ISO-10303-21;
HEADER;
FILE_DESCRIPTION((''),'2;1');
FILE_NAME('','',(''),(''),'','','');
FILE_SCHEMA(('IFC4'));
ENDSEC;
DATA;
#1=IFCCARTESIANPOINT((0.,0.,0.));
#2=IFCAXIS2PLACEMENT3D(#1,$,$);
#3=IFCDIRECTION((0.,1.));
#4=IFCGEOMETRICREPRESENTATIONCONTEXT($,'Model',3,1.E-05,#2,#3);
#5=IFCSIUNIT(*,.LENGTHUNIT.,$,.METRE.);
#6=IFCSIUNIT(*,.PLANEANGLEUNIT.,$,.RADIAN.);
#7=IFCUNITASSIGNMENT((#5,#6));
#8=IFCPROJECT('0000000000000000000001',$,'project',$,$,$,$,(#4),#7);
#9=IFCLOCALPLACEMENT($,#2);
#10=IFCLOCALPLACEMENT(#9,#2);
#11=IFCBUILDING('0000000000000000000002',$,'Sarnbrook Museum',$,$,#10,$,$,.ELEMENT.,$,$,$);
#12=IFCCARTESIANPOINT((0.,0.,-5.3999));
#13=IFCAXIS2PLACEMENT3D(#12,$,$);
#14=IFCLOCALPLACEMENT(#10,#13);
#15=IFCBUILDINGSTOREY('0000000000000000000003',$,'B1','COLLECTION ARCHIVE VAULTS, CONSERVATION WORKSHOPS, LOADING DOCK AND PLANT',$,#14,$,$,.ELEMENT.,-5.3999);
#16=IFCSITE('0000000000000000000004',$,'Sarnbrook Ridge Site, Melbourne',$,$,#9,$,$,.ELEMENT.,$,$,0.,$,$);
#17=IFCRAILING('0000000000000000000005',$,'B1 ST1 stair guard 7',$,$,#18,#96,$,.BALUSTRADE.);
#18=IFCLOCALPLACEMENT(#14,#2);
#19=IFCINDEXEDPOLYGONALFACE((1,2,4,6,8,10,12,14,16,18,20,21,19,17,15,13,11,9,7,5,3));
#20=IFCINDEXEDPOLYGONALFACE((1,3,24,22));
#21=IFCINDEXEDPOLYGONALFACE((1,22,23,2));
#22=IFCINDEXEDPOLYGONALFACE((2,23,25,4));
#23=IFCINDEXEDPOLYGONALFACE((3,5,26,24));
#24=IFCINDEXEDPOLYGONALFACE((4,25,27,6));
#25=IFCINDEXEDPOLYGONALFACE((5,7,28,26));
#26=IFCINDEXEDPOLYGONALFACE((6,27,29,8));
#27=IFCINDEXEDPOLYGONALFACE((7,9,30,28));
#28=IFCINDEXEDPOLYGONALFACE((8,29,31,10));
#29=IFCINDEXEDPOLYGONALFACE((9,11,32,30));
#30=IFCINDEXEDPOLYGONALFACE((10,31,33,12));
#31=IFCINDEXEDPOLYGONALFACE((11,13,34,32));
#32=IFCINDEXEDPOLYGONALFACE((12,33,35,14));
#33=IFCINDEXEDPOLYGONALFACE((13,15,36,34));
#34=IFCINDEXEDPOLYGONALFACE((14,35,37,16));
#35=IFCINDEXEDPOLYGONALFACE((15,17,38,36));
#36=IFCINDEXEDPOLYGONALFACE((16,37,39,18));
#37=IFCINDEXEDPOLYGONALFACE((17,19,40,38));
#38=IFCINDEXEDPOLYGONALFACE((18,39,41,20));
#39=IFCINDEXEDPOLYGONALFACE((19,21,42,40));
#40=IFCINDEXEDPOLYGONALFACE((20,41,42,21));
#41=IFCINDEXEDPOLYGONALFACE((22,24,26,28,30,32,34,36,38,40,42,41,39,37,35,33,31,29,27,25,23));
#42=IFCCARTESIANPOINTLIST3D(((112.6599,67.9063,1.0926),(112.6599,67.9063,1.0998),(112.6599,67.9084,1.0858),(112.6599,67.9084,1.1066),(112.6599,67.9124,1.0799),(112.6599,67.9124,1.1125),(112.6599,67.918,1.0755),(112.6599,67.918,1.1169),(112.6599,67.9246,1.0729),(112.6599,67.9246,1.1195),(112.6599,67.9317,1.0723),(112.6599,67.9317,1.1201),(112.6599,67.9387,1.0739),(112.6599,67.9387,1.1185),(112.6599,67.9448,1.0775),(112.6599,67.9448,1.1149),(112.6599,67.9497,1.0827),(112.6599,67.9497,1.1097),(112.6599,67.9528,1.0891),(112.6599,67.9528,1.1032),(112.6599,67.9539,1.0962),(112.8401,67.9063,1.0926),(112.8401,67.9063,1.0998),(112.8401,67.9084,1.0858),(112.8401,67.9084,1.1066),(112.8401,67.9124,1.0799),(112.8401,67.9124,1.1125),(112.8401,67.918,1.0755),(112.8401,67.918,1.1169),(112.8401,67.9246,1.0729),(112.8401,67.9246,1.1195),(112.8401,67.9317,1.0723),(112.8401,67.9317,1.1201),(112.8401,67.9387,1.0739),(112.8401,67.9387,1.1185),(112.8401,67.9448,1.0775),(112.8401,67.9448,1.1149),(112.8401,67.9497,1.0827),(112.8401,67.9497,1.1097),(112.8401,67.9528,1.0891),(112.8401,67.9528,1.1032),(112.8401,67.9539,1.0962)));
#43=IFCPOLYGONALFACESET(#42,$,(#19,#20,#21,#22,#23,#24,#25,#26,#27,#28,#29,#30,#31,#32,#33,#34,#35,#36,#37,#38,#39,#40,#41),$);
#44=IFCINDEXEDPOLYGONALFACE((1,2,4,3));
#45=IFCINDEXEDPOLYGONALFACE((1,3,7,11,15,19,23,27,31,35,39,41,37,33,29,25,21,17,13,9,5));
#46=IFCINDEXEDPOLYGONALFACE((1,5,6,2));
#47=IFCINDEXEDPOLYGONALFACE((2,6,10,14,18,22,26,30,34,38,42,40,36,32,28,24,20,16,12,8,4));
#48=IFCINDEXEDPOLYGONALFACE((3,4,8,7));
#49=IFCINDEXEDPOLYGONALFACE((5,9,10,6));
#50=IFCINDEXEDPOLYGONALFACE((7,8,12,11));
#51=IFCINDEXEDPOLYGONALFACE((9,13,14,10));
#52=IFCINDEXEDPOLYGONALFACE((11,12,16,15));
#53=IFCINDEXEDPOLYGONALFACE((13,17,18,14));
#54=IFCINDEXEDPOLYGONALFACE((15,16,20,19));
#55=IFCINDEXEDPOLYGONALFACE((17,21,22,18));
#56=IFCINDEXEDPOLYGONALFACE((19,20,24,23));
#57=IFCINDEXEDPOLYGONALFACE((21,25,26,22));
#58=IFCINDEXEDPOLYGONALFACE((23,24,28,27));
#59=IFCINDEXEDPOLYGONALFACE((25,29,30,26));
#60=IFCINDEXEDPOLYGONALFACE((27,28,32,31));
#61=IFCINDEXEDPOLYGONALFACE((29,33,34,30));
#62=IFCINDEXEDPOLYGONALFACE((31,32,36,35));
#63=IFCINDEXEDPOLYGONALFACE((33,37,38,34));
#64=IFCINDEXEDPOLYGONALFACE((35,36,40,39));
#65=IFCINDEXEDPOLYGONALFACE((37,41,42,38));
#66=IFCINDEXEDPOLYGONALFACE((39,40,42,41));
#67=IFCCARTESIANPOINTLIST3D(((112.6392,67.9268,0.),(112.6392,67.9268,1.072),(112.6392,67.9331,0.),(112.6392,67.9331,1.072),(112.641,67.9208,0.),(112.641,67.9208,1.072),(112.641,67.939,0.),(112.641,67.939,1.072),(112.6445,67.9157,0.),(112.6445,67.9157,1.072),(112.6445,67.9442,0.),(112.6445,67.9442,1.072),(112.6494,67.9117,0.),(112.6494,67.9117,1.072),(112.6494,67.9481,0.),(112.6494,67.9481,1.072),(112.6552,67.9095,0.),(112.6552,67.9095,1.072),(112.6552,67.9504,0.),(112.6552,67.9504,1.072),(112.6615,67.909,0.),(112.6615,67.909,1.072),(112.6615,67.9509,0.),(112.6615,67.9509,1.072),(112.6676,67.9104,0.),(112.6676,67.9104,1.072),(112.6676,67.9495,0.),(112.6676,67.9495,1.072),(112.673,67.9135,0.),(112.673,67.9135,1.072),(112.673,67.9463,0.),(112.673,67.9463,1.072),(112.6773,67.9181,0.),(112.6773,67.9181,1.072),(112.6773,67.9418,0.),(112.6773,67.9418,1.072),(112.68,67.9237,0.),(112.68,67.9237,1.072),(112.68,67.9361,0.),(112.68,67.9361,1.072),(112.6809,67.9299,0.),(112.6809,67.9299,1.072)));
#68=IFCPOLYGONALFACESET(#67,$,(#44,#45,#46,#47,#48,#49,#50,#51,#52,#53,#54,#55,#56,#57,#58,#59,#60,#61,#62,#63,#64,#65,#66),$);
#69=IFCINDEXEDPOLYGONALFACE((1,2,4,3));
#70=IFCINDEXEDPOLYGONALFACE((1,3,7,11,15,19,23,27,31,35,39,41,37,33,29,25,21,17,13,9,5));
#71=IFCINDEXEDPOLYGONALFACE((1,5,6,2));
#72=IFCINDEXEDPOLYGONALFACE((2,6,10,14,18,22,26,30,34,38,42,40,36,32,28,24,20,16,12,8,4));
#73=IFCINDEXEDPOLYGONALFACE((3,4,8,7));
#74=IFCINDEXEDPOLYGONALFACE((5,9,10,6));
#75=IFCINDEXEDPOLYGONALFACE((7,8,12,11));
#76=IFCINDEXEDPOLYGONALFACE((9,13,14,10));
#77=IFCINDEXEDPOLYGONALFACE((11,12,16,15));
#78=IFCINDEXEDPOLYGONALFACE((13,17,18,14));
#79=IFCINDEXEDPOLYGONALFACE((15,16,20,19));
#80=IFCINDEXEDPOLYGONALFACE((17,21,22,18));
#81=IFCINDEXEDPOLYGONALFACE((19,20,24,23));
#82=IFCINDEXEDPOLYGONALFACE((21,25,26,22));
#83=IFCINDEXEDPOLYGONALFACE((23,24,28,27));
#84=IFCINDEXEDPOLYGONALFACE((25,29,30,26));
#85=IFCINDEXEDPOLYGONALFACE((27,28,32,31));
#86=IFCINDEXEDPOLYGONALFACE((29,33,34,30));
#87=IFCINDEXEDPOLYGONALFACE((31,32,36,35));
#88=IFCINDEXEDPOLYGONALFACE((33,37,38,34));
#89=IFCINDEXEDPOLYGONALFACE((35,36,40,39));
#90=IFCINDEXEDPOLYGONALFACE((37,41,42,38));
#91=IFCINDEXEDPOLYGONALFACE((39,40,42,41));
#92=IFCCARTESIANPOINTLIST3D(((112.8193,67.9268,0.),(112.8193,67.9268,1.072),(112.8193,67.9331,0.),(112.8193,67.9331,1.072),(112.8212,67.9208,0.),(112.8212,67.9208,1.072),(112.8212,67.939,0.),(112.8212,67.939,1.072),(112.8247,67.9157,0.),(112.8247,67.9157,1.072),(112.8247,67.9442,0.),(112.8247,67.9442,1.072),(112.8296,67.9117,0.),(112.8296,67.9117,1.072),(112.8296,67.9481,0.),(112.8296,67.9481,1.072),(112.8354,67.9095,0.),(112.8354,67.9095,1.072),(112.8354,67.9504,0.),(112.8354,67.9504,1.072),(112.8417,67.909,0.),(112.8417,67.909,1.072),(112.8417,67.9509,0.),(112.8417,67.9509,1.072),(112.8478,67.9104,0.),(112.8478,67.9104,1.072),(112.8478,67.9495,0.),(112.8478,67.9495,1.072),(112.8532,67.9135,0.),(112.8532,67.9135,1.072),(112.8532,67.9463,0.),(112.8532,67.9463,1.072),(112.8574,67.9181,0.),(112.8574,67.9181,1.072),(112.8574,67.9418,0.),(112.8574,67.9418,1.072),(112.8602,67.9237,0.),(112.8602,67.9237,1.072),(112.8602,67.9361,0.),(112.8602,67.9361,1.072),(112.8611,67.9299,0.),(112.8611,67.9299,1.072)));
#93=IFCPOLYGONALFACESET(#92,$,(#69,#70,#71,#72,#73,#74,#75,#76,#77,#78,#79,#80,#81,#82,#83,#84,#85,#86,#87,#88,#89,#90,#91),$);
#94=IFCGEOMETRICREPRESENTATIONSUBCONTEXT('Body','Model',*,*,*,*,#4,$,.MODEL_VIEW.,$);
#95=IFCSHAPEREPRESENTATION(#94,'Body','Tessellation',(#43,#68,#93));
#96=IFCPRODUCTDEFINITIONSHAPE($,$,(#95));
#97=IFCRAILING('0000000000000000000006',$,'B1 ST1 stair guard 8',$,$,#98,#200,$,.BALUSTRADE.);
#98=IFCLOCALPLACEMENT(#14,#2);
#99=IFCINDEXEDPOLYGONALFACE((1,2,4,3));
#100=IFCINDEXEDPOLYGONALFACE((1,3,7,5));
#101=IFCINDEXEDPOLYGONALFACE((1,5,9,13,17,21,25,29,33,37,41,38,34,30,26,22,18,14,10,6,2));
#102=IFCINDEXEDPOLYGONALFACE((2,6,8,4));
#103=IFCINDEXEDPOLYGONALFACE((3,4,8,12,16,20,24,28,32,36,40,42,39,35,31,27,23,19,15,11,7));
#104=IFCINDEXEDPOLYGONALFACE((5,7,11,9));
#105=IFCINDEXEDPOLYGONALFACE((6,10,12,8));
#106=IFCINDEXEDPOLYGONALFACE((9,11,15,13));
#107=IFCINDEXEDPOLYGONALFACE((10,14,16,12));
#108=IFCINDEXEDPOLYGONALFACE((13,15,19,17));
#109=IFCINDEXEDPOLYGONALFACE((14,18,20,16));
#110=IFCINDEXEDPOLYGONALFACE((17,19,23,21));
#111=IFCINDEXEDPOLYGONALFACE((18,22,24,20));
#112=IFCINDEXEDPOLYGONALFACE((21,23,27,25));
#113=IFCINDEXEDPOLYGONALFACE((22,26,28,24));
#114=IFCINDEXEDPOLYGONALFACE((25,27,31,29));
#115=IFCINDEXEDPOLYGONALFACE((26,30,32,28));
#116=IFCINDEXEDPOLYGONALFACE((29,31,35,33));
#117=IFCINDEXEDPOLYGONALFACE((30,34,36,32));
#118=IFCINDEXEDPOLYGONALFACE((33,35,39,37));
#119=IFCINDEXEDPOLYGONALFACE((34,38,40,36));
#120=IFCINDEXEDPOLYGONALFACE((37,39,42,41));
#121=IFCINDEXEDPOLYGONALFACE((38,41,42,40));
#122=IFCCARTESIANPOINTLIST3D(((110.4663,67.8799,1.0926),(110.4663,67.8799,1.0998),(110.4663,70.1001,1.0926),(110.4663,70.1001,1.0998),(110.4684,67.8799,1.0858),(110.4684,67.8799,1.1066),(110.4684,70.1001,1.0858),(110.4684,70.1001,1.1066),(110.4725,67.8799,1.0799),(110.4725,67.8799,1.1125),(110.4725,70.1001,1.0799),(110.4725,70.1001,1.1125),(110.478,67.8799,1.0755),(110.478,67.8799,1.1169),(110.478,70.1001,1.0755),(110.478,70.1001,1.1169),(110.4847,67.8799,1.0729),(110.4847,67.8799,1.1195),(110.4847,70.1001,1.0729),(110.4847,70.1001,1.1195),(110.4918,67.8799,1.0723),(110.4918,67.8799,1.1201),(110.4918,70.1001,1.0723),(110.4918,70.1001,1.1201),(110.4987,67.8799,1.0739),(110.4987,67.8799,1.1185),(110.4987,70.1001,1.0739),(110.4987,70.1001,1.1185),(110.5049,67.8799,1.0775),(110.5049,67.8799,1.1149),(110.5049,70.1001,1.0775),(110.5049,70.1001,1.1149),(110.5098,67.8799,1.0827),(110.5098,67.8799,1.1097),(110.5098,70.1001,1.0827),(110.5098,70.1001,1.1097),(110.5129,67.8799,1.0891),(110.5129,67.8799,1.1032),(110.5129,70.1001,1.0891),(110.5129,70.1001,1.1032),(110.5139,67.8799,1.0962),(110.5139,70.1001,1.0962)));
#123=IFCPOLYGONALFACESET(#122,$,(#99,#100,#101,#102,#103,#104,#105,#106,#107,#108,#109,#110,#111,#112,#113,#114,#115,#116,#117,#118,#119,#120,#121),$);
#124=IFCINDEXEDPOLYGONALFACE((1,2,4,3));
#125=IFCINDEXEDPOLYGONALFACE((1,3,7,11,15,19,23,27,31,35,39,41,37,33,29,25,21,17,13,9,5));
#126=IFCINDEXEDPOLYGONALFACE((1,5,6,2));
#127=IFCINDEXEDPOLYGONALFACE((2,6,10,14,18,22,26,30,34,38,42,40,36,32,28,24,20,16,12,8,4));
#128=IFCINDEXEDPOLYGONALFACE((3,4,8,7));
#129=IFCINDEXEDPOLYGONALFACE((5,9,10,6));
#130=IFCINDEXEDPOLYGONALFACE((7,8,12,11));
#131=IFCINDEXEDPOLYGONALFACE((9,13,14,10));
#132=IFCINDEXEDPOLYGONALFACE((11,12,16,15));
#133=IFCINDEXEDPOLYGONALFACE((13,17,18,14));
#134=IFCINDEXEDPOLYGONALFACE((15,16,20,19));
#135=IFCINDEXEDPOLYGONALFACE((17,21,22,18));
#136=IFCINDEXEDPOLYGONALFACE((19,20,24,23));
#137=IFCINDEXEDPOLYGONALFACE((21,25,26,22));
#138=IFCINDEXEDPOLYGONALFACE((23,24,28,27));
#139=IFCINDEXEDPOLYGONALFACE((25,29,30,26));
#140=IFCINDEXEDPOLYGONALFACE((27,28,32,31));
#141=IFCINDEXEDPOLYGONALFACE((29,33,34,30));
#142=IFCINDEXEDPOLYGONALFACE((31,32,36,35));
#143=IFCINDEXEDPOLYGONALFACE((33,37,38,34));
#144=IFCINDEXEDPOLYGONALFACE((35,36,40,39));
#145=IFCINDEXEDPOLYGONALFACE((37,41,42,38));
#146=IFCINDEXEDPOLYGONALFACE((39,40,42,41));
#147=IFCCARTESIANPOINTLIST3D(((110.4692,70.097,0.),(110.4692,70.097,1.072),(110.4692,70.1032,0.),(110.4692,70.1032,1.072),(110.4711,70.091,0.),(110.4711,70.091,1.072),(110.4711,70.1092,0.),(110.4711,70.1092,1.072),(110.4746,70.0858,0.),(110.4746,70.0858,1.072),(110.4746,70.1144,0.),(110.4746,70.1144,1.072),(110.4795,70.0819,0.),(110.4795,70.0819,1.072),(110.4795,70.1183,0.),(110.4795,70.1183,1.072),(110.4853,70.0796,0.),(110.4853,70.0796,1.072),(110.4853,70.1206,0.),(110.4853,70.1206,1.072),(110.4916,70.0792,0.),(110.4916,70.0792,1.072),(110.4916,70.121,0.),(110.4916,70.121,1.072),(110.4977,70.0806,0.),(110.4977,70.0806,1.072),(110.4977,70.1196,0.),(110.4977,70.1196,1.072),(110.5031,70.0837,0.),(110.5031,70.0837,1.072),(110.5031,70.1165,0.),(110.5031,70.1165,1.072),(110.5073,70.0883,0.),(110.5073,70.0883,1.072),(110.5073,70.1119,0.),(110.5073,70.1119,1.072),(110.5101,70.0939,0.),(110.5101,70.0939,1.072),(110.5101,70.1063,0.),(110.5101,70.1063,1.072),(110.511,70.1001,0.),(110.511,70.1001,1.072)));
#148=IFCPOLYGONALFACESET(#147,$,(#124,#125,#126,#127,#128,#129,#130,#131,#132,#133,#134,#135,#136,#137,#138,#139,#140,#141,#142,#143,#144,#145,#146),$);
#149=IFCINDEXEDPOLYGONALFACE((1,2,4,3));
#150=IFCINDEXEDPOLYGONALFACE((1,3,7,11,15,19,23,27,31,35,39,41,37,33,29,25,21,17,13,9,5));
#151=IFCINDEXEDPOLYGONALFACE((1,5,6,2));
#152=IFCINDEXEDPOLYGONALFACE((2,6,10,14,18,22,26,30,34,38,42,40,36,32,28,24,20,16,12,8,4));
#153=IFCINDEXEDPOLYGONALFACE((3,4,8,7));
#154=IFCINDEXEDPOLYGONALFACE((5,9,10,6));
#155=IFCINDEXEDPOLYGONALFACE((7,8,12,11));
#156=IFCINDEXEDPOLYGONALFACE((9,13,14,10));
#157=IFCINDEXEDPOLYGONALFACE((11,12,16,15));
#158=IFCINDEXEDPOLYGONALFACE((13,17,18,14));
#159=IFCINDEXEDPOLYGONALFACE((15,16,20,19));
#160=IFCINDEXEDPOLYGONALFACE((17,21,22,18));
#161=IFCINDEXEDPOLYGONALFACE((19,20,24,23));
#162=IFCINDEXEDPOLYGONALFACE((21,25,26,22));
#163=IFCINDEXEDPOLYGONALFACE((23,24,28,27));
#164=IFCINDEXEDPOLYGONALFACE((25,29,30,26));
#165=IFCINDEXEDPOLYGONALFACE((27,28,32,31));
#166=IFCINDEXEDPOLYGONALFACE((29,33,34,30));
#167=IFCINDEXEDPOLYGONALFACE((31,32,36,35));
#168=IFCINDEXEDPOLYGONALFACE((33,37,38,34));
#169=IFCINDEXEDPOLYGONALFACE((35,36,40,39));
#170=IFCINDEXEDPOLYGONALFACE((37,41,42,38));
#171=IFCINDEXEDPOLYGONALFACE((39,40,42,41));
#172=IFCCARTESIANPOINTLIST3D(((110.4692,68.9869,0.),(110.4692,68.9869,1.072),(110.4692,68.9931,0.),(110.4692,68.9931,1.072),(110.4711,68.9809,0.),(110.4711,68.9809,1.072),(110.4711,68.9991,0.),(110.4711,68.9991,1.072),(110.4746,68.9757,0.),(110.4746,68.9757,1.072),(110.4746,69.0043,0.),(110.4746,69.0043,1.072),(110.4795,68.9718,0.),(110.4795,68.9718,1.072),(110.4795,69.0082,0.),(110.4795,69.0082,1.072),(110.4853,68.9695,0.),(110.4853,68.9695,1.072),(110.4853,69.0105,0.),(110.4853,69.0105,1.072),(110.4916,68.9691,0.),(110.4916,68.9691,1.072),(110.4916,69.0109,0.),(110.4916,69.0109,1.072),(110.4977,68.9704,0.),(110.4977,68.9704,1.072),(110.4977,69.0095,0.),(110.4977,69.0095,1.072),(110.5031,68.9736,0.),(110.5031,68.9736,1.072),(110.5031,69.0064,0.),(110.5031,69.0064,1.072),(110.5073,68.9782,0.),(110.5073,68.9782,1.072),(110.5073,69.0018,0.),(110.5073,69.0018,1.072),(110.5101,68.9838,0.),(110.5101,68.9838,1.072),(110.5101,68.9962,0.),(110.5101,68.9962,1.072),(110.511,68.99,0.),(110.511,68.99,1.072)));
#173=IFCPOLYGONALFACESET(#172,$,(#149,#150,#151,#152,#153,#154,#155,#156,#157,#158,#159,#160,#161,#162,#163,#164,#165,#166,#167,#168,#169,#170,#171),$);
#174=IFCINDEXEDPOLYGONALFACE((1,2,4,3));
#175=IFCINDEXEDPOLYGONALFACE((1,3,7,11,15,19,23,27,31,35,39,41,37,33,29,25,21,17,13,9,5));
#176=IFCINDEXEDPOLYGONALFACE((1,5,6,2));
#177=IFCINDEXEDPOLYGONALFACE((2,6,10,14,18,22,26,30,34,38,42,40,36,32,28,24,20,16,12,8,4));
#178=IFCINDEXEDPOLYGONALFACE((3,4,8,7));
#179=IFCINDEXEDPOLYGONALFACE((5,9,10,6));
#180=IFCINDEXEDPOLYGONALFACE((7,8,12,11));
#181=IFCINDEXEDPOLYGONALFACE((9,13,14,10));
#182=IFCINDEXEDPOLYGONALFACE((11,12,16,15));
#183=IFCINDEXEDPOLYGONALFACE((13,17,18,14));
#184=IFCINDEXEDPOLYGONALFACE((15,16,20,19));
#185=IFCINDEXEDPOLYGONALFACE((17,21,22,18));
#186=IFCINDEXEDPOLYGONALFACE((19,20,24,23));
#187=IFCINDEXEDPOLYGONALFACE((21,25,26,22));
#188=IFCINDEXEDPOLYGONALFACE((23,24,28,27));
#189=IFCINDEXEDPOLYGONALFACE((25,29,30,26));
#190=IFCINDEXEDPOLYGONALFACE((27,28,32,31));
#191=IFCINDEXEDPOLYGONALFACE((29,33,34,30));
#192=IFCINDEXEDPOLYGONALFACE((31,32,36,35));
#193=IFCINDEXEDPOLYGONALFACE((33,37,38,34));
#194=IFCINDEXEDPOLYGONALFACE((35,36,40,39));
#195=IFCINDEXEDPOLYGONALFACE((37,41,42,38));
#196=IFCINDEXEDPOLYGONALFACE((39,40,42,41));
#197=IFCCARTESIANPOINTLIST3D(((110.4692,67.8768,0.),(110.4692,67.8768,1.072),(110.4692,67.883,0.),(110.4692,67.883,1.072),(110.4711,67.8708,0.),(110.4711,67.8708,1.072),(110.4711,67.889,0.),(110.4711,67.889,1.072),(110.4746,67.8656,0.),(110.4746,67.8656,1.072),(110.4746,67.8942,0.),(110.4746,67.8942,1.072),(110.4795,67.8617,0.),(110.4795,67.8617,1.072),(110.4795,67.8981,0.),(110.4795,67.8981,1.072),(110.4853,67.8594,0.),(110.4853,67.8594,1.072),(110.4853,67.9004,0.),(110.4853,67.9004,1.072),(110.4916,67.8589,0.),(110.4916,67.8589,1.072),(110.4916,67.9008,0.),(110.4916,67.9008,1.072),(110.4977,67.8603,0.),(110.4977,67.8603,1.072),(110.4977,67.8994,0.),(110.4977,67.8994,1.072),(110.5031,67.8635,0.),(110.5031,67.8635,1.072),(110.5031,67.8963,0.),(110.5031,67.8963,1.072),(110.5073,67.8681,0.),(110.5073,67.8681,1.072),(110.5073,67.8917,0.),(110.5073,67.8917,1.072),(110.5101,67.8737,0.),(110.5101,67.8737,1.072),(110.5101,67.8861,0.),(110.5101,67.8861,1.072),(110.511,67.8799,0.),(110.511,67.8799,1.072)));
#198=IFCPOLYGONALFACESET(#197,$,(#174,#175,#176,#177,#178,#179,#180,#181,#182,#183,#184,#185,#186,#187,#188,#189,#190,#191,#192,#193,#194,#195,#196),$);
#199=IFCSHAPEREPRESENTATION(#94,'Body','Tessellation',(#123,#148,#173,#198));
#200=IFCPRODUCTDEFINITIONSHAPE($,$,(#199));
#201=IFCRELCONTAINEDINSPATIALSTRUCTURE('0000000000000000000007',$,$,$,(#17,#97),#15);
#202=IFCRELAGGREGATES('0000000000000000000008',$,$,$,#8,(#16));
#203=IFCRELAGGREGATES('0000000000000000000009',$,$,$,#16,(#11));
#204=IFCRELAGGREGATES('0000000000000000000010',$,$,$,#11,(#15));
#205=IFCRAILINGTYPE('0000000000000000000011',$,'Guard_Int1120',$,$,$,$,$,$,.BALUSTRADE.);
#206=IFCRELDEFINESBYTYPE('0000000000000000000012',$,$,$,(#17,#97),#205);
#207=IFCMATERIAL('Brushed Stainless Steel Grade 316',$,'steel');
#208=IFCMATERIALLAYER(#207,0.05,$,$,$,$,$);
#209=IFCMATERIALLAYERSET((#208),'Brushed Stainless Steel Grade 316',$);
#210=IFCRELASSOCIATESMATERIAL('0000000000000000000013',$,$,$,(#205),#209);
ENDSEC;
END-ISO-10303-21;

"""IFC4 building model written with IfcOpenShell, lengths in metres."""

from ifc_helpers import new_model, si_unit, direction, frame, origin, origin_2d, place, context, subcontext, project, spatial, circle, extrude, material, layer, layer_set, type_object, element, save


model = new_model("IFC4")

# Units and contexts
model_context = context("Model", 3, precision=1e-05, world=origin(), true_north=direction((0.0, 1.0)))
body_context = subcontext(model_context, "Body", "Model", "MODEL_VIEW")
ifc_project = project(units=[si_unit("LENGTHUNIT", "METRE"), si_unit("PLANEANGLEUNIT", "RADIAN")], contexts=[model_context])

# Site, building, storey
site_placement = place(None, origin())
site = spatial("IfcSite", under=ifc_project, at=site_placement, Name="Sarnbrook Ridge Site, Melbourne", CompositionType="ELEMENT", RefElevation=0.0)
building_placement = place(site_placement, origin())
building = spatial("IfcBuilding", under=site, at=building_placement, Name="Sarnbrook Museum", CompositionType="ELEMENT")
storey_placement = place(building_placement, frame((0.0, 0.0, -5.3999)))
storey = spatial("IfcBuildingStorey", under=building, at=storey_placement, Name="B1", Description="COLLECTION ARCHIVE VAULTS, CONSERVATION WORKSHOPS, LOADING DOCK AND PLANT", CompositionType="ELEMENT", Elevation=-5.3999)

# Railings
ifc_material_1 = material(Name="Brushed Stainless Steel Grade 316", Category="steel")
ifc_layer_1 = layer(ifc_material_1, 0.05)
ifc_layer_set_1 = layer_set([ifc_layer_1], Name="Brushed Stainless Steel Grade 316")
railing_type = type_object("IfcRailingType", Name="Guard_Int1120", PredefinedType="BALUSTRADE", material=ifc_layer_set_1)
railing_1_placement = place(storey_placement, frame((112.6599, 67.9299, 0.0)))
element("IfcRailing", 1, at=railing_1_placement, inside=storey, type_object=railing_type, Name="B1 ST1 stair guard 7", PredefinedType="BALUSTRADE", context=body_context, shape_type="SweptSolid", body=[
    extrude(circle(Radius=0.0239, at=origin_2d()), frame((0.0, 0.0, 1.0962), z_axis=(1.0, 0.0, 0.0), x_axis=(0.0, 1.0, 0.0)), (0.0, 0.0, 1.0), 0.1802),
    extrude(circle(Radius=0.021, at=origin_2d()), origin(), (0.0, 0.0, 1.0), 1.072),
    extrude(circle(Radius=0.021, at=origin_2d()), frame((0.1802, 0.0, 0.0)), (0.0, 0.0, 1.0), 1.072),
])
railing_2_placement = place(storey_placement, frame((110.49, 70.1001, 0.0)))
element("IfcRailing", 2, at=railing_2_placement, inside=storey, type_object=railing_type, Name="B1 ST1 stair guard 8", PredefinedType="BALUSTRADE", context=body_context, shape_type="SweptSolid", body=[
    extrude(circle(Radius=0.0239, at=origin_2d()), frame((0.0, 0.0, 1.0962), z_axis=(0.0, -1.0, 0.0), x_axis=(1.0, 0.0, 0.0)), (0.0, 0.0, 1.0), 2.2202),
    extrude(circle(Radius=0.021, at=origin_2d()), origin(), (0.0, 0.0, 1.0), 1.072),
    extrude(circle(Radius=0.021, at=origin_2d()), frame((0.0, -1.1101, 0.0)), (0.0, 0.0, 1.0), 1.072),
    extrude(circle(Radius=0.021, at=origin_2d()), frame((0.0, -2.2202, 0.0)), (0.0, 0.0, 1.0), 1.072),
])

save(model, "model.ifc")
